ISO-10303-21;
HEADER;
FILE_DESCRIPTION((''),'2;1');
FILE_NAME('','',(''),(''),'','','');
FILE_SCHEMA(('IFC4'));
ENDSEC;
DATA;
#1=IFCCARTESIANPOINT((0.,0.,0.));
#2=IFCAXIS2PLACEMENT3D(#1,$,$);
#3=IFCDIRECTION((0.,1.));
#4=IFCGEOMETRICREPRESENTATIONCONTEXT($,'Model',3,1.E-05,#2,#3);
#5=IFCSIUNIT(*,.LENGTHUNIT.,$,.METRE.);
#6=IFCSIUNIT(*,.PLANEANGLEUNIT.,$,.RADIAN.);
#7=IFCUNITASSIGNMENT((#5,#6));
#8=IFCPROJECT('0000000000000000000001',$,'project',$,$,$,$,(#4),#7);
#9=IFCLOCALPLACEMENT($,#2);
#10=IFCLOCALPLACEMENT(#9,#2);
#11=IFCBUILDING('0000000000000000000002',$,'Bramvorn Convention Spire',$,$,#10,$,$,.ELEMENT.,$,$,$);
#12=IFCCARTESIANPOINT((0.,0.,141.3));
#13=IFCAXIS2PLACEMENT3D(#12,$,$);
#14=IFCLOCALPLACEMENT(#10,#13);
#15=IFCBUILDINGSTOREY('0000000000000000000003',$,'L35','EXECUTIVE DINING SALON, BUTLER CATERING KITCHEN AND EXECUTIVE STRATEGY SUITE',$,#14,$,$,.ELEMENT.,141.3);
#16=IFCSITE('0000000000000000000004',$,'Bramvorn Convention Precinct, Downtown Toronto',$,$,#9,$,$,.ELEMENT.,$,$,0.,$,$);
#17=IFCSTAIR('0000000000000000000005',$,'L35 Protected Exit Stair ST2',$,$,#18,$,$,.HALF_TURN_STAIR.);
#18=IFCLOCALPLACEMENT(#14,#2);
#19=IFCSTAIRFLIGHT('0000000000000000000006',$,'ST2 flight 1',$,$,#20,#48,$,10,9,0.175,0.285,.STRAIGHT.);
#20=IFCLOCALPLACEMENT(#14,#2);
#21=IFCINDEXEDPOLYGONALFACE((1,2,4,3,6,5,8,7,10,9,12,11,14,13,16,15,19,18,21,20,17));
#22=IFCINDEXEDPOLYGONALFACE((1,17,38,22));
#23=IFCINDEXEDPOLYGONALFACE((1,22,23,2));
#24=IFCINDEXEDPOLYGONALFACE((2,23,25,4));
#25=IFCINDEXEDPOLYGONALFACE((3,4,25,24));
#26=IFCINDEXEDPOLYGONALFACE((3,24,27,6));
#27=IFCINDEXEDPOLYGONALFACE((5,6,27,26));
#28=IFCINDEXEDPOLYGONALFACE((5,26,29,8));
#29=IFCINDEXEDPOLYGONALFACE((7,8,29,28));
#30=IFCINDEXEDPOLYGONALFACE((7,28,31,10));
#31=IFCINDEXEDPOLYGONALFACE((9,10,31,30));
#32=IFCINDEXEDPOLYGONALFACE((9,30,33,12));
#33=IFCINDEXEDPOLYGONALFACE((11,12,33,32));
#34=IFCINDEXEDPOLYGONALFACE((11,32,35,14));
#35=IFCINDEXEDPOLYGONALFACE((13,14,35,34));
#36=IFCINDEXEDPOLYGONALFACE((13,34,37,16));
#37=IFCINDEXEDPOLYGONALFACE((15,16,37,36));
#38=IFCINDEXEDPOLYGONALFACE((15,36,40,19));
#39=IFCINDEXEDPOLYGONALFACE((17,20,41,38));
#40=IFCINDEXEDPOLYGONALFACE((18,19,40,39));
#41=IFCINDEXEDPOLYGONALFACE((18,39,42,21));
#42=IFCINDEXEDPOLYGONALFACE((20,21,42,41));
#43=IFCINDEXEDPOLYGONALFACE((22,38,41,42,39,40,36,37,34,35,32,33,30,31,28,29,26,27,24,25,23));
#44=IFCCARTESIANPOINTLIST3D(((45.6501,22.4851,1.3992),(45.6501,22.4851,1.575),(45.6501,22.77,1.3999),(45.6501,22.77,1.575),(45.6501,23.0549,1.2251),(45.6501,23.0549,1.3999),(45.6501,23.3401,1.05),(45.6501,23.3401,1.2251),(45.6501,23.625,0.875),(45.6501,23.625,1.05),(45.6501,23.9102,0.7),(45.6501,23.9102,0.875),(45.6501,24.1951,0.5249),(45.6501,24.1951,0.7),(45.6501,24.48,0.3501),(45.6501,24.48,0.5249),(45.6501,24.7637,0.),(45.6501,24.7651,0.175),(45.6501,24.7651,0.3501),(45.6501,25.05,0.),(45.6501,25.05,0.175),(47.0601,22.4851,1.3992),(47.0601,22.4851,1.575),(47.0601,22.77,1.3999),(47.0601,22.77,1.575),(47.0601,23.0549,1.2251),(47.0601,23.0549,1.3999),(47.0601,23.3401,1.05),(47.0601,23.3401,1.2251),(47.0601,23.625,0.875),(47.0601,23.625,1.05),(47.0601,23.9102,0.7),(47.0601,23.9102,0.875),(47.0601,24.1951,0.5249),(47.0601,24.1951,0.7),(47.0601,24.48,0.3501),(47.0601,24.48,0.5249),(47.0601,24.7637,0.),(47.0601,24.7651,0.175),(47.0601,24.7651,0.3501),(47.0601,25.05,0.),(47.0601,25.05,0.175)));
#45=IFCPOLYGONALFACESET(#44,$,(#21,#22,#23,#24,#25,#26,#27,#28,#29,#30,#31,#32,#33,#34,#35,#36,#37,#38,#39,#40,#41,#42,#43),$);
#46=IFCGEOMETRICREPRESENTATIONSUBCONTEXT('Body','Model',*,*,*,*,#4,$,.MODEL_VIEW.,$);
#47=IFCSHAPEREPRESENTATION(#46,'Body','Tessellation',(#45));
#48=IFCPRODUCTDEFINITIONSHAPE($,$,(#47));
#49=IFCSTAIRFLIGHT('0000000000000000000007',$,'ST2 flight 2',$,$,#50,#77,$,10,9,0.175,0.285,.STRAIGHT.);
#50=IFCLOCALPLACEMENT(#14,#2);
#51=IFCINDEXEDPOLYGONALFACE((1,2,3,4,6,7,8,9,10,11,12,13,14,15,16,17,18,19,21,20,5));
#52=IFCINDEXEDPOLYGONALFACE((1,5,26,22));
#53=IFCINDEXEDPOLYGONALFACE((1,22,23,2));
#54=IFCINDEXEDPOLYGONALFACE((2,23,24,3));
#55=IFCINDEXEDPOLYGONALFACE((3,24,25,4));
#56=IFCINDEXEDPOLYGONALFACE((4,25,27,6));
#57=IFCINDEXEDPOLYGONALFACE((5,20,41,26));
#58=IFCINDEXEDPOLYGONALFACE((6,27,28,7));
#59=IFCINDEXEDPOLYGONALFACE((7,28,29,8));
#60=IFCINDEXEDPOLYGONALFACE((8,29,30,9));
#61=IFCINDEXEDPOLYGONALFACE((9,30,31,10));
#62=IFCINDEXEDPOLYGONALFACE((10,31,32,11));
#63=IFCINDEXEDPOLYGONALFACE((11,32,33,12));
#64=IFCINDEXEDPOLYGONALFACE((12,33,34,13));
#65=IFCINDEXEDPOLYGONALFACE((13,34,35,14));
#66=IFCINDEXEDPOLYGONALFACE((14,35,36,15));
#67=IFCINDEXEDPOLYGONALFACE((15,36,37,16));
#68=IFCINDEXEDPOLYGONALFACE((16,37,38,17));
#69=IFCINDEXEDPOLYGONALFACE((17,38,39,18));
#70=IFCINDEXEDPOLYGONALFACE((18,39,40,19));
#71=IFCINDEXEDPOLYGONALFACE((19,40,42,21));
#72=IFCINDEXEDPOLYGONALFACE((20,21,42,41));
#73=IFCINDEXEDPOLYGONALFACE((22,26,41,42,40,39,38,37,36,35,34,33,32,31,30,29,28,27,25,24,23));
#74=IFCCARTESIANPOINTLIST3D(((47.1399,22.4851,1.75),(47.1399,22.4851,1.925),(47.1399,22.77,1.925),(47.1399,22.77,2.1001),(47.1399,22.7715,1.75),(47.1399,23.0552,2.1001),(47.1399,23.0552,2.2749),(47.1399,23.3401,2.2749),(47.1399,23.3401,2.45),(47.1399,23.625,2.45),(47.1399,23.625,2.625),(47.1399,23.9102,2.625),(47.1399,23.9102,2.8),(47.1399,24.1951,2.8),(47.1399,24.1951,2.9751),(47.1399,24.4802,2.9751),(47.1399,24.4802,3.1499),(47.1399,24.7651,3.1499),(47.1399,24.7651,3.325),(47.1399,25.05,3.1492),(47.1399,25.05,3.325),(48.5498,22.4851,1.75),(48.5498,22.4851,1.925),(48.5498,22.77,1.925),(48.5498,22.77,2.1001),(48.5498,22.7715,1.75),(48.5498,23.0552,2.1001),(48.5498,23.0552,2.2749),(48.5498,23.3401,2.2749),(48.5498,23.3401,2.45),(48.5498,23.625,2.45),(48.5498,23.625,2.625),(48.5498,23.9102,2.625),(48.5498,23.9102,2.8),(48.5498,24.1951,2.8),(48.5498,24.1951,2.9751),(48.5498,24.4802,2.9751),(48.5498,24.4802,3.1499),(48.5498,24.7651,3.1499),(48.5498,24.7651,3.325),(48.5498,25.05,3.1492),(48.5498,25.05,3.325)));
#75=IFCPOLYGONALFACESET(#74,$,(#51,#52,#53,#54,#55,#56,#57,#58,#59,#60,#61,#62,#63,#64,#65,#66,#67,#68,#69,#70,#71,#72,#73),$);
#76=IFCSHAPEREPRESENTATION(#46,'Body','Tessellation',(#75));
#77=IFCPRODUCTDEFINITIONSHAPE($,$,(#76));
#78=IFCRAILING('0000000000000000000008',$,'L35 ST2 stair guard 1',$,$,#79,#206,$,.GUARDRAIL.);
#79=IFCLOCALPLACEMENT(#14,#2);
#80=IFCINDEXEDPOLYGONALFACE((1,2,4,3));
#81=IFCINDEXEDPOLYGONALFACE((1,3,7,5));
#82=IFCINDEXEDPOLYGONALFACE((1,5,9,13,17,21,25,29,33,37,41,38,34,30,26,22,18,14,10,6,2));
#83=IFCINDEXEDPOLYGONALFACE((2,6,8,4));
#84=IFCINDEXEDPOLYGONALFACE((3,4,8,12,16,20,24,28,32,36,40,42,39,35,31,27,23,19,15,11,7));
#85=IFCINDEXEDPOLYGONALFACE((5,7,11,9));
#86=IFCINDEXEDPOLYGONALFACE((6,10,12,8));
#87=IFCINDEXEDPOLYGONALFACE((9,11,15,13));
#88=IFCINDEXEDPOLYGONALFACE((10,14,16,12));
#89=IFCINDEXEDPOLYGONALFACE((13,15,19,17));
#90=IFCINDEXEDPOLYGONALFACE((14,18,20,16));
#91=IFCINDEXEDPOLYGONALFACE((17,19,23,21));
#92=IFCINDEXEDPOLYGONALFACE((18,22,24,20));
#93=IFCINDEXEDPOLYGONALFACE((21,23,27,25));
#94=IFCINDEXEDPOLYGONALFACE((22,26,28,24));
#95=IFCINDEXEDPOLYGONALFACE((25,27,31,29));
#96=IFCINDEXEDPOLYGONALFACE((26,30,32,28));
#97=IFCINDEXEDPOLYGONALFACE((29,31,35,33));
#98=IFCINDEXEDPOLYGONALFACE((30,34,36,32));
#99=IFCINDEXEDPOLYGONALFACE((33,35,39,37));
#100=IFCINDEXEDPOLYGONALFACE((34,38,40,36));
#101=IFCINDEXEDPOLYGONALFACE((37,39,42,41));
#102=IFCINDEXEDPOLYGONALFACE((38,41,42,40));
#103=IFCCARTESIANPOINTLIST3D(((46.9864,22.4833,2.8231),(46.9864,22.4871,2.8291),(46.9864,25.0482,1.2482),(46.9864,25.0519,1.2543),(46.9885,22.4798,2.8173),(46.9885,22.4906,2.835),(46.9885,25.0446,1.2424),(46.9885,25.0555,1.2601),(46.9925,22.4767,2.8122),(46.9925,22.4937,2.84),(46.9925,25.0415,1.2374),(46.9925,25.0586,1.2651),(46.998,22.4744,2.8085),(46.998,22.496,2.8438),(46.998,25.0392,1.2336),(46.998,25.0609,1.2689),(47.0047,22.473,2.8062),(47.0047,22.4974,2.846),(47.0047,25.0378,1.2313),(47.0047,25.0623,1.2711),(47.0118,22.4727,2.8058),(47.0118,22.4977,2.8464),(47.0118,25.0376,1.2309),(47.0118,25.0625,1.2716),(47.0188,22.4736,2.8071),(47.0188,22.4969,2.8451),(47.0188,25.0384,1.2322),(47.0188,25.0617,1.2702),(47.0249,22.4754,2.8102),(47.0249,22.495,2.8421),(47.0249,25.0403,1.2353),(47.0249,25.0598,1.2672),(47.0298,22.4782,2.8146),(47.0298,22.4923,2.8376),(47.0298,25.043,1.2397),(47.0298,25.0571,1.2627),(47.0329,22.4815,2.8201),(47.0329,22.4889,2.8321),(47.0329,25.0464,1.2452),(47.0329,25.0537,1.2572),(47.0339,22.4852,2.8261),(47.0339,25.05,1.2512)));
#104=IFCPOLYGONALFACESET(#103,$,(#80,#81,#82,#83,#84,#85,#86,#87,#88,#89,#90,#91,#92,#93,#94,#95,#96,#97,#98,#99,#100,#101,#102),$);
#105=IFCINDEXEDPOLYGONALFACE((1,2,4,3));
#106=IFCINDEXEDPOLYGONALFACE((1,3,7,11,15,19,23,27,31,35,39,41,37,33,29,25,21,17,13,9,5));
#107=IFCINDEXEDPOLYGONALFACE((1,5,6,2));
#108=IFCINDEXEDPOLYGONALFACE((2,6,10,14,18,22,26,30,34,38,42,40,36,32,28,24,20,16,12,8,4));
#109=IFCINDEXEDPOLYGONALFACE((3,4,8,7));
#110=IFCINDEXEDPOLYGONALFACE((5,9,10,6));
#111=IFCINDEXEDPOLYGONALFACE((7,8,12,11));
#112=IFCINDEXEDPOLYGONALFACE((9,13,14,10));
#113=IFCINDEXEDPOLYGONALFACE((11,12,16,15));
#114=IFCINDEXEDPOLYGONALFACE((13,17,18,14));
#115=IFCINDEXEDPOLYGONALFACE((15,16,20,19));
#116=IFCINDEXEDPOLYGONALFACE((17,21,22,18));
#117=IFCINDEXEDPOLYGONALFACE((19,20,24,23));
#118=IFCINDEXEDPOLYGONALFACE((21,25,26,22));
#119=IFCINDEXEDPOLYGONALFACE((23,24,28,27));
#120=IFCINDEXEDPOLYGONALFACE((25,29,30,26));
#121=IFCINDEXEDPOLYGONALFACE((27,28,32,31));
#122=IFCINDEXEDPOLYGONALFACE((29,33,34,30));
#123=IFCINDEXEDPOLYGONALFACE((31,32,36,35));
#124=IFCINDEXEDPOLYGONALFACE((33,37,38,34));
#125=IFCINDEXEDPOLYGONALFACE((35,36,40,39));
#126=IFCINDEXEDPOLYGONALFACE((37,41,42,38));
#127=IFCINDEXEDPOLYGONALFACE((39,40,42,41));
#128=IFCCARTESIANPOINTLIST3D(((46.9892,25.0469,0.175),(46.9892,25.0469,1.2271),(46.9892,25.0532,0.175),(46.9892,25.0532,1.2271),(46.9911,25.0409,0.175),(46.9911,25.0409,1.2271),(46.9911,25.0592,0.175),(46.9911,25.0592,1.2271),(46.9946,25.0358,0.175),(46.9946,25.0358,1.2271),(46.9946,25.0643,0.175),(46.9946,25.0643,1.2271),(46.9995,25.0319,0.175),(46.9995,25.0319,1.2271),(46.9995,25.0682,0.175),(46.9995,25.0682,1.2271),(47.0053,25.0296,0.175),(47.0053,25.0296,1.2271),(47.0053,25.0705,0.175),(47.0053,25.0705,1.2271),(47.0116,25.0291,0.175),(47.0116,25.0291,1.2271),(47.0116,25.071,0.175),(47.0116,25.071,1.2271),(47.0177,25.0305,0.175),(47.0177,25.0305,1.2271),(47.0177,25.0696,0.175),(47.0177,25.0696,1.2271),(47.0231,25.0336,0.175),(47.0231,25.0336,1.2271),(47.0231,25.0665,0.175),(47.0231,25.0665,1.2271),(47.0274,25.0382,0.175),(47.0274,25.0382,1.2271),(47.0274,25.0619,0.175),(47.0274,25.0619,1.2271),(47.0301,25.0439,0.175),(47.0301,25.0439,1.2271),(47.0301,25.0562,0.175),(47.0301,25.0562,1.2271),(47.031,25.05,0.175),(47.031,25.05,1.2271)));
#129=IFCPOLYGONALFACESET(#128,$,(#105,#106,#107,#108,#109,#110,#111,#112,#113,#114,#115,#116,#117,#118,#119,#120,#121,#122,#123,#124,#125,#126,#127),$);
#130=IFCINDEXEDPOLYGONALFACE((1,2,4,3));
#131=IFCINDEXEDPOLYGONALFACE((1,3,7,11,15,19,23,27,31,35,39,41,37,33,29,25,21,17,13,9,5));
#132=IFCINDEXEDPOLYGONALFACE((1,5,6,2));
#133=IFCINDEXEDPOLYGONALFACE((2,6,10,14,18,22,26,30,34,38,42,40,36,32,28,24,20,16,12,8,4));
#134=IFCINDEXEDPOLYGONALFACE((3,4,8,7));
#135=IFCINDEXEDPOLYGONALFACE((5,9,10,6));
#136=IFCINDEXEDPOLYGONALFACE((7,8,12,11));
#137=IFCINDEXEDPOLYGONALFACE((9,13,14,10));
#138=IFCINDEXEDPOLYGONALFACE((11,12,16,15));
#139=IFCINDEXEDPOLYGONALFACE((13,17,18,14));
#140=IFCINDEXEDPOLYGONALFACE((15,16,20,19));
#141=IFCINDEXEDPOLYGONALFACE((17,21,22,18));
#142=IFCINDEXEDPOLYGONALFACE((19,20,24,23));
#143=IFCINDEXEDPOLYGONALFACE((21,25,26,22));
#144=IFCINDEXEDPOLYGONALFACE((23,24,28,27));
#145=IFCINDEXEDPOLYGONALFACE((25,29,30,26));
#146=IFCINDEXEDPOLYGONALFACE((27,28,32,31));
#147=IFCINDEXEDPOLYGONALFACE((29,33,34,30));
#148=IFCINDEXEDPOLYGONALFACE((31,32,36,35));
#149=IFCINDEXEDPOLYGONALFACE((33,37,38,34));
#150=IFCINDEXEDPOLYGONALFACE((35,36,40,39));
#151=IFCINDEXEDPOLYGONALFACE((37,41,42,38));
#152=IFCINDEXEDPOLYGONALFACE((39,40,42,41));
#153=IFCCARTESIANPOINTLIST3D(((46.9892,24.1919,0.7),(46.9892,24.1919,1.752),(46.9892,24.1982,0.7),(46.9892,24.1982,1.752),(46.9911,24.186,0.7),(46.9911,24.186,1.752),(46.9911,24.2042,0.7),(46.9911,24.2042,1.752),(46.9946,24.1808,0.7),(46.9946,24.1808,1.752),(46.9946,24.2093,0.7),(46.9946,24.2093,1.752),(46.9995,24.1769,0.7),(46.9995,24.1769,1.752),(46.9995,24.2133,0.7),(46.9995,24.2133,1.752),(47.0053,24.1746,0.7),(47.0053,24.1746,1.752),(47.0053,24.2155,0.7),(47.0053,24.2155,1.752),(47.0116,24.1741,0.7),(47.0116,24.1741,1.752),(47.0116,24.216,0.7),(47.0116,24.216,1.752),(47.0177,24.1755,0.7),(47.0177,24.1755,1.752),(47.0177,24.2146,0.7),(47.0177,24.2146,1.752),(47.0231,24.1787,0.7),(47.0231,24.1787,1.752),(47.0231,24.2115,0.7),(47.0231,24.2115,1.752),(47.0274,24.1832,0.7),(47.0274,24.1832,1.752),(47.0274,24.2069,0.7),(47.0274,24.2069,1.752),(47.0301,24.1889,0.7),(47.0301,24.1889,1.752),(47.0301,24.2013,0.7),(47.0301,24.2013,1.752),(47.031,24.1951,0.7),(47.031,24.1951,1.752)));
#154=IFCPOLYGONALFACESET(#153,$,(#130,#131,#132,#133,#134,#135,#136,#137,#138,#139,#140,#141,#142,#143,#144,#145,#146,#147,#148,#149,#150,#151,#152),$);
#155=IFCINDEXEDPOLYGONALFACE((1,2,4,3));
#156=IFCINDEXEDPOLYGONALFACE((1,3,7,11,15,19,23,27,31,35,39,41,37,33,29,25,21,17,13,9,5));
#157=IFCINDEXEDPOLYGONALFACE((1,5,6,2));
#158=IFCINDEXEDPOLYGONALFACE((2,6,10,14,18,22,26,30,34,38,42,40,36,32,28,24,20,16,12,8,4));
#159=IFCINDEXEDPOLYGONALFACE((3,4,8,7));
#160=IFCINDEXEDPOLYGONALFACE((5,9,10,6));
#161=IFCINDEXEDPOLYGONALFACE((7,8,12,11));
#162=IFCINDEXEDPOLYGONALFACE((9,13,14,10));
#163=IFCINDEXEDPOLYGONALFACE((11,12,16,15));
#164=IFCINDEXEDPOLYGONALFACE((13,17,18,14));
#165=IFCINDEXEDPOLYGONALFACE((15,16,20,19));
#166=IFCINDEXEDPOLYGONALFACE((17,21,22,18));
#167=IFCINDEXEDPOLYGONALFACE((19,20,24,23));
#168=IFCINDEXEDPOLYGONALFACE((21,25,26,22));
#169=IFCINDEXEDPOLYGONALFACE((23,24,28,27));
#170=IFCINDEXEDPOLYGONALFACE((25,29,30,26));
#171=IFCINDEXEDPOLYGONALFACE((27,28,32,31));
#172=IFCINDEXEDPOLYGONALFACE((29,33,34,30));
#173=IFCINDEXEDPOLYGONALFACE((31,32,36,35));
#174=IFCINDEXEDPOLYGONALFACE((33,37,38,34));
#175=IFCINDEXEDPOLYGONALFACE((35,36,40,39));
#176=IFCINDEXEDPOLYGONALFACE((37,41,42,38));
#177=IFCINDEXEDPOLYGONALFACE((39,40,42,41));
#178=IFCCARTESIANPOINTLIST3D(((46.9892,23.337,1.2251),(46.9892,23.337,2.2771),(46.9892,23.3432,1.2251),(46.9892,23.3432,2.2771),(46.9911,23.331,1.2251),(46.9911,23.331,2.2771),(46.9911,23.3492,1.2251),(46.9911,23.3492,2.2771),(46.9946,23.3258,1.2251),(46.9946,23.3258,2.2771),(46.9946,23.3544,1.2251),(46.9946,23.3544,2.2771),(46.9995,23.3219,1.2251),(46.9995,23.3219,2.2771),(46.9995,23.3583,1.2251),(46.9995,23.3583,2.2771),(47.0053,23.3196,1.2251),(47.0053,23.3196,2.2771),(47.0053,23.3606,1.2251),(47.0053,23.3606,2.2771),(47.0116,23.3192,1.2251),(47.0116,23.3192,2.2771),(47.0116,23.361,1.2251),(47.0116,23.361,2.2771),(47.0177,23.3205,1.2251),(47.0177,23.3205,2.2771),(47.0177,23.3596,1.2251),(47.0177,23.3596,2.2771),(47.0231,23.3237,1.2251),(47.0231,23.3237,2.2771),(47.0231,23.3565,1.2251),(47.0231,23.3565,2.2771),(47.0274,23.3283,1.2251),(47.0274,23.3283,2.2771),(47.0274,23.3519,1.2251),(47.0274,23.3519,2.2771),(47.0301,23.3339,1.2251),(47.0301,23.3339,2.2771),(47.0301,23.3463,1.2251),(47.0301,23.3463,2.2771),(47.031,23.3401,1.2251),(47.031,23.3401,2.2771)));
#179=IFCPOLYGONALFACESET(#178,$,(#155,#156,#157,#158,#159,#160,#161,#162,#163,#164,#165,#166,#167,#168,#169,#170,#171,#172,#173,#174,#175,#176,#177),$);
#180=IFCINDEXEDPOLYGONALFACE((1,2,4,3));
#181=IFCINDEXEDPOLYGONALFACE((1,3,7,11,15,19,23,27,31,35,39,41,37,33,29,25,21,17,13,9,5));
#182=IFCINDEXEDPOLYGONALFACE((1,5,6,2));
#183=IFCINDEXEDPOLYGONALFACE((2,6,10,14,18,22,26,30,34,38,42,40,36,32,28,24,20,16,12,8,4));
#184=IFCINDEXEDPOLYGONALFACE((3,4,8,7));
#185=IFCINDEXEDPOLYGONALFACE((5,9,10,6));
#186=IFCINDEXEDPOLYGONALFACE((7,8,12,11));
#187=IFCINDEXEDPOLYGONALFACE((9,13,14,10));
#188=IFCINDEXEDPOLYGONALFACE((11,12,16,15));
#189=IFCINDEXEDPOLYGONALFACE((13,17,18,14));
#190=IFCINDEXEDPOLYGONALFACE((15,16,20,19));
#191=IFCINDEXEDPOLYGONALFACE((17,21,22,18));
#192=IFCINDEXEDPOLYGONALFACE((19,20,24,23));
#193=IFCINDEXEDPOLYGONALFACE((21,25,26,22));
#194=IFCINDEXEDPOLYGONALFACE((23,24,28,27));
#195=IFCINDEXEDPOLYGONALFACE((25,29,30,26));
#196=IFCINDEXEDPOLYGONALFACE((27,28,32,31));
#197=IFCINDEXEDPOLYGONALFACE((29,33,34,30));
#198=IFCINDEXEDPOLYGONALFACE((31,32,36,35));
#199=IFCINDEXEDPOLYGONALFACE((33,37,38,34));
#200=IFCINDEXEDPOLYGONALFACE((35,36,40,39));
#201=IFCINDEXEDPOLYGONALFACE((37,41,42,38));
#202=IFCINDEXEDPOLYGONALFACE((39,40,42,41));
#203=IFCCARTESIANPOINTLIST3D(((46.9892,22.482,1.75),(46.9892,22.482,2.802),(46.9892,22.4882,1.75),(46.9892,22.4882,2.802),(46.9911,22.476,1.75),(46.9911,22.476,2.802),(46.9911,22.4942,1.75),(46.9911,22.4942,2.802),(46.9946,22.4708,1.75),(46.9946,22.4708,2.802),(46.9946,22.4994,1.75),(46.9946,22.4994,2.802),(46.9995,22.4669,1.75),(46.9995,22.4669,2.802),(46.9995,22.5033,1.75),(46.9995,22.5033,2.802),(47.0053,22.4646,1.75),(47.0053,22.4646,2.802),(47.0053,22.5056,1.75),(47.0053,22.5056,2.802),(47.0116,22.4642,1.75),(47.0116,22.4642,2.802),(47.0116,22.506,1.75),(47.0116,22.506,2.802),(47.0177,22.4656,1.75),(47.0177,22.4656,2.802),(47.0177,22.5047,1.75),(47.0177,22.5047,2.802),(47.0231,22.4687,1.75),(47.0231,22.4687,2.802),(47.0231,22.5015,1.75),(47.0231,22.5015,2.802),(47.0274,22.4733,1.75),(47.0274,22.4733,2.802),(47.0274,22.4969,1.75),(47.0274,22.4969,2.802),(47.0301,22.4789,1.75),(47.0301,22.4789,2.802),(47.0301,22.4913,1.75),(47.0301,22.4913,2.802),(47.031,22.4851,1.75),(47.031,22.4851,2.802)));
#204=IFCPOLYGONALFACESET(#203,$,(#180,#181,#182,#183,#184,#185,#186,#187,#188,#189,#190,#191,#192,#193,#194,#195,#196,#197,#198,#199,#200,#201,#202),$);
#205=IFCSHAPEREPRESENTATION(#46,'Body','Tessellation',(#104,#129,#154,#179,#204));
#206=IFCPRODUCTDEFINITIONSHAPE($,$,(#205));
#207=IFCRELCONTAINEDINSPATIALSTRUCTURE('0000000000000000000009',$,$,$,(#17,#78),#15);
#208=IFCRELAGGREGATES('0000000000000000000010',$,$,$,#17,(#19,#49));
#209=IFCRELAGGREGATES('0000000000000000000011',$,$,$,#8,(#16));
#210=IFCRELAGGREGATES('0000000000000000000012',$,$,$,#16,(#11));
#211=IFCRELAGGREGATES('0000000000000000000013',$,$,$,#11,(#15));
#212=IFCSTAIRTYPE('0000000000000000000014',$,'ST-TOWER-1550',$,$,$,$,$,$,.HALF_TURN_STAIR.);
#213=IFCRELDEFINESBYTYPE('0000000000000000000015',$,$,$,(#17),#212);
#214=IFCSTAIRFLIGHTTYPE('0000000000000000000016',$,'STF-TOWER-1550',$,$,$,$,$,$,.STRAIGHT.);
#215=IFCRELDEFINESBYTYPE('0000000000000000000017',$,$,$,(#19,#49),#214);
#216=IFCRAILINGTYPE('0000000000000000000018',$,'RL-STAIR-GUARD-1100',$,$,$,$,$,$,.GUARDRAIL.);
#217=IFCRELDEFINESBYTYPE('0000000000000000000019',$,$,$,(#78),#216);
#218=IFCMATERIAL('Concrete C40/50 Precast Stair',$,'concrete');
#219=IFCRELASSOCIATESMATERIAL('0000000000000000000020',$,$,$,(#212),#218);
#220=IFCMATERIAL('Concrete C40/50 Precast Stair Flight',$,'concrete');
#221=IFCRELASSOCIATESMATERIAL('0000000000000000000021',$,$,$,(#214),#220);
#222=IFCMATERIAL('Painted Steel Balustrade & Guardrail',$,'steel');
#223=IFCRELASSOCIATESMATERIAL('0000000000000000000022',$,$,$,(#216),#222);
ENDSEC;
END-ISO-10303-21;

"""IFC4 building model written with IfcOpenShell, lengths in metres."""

from ifc_helpers import new_model, si_unit, direction, frame, origin, origin_2d, place, context, subcontext, project, spatial, polyline, circle, outline, extrude, material, type_object, element, aggregate, save


model = new_model("IFC4")

# Units and contexts
model_context = context("Model", 3, precision=1e-05, world=origin(), true_north=direction((0.0, 1.0)))
body_context = subcontext(model_context, "Body", "Model", "MODEL_VIEW")
ifc_project = project(units=[si_unit("LENGTHUNIT", "METRE"), si_unit("PLANEANGLEUNIT", "RADIAN")], contexts=[model_context])

# Site, building, storey
site_placement = place(None, origin())
site = spatial("IfcSite", under=ifc_project, at=site_placement, Name="Bramvorn Convention Precinct, Downtown Toronto", CompositionType="ELEMENT", RefElevation=0.0)
building_placement = place(site_placement, origin())
building = spatial("IfcBuilding", under=site, at=building_placement, Name="Bramvorn Convention Spire", CompositionType="ELEMENT")
storey_placement = place(building_placement, frame((0.0, 0.0, 141.3)))
storey = spatial("IfcBuildingStorey", under=building, at=storey_placement, Name="L35", Description="EXECUTIVE DINING SALON, BUTLER CATERING KITCHEN AND EXECUTIVE STRATEGY SUITE", CompositionType="ELEMENT", Elevation=141.3)

# Stair, stair flights
ifc_material_1 = material(Name="Concrete C40/50 Precast Stair", Category="concrete")
stair_type = type_object("IfcStairType", Name="ST-TOWER-1550", PredefinedType="HALF_TURN_STAIR", material=ifc_material_1)
stair_placement = place(storey_placement, origin())
stair = element("IfcStair", 1, at=stair_placement, inside=storey, type_object=stair_type, Name="L35 Protected Exit Stair ST2", PredefinedType="HALF_TURN_STAIR")
ifc_material_2 = material(Name="Concrete C40/50 Precast Stair Flight", Category="concrete")
stair_flight_type = type_object("IfcStairFlightType", Name="STF-TOWER-1550", PredefinedType="STRAIGHT", material=ifc_material_2)
stair_flight_1_placement = place(storey_placement, frame((46.355, 25.05, 0.0), z_axis=(0.0, 0.0, 1.0), x_axis=(0.0, -1.0, 0.0)))
stair_flight_1 = element("IfcStairFlight", 2, at=stair_flight_1_placement, type_object=stair_flight_type, Name="ST2 flight 1", NumberOfRisers=10, NumberOfTreads=9, PredefinedType="STRAIGHT", RiserHeight=0.175, TreadLength=0.285, context=body_context, shape_type="SweptSolid", body=[
    extrude(outline(polyline([(0.0, 0.0), (0.0, 0.175), (0.2849, 0.175), (0.2849, 0.3501), (0.5701, 0.3501), (0.5701, 0.5249), (0.855, 0.5249), (0.855, 0.7), (1.1399, 0.7), (1.1399, 0.875), (1.425, 0.875), (1.425, 1.05), (1.71, 1.05), (1.71, 1.2251), (1.9951, 1.2251), (1.9951, 1.3999), (2.28, 1.3999), (2.28, 1.575), (2.5649, 1.575), (2.5649, 1.75), (2.5649, 1.3992), (0.2864, 0.0), (0.0, 0.0)])), frame((0.0, 0.7051, 0.0), z_axis=(0.0, -1.0, 0.0), x_axis=(1.0, 0.0, 0.0)), (0.0, 0.0, 1.0), 1.4099),
])
stair_flight_2_placement = place(storey_placement, frame((47.845, 22.4851, 1.75), z_axis=(0.0, 0.0, 1.0), x_axis=(0.0, 1.0, 0.0)))
stair_flight_2 = element("IfcStairFlight", 3, at=stair_flight_2_placement, type_object=stair_flight_type, Name="ST2 flight 2", NumberOfRisers=10, NumberOfTreads=9, PredefinedType="STRAIGHT", RiserHeight=0.175, TreadLength=0.285, context=body_context, shape_type="SweptSolid", body=[
    extrude(outline(polyline([(0.0, 0.0), (0.0, 0.175), (0.2849, 0.175), (0.2849, 0.3501), (0.5701, 0.3501), (0.5701, 0.5249), (0.855, 0.5249), (0.855, 0.7), (1.1399, 0.7), (1.1399, 0.875), (1.425, 0.875), (1.425, 1.05), (1.71, 1.05), (1.71, 1.2251), (1.9951, 1.2251), (1.9951, 1.3999), (2.28, 1.3999), (2.28, 1.575), (2.5649, 1.575), (2.5649, 1.75), (2.5649, 1.3992), (0.2864, 0.0), (0.0, 0.0)])), frame((0.0, 0.7051, 0.0), z_axis=(0.0, -1.0, 0.0), x_axis=(1.0, 0.0, 0.0)), (0.0, 0.0, 1.0), 1.4099),
])
aggregate(stair, [stair_flight_1, stair_flight_2])

# Railing
ifc_material_3 = material(Name="Painted Steel Balustrade & Guardrail", Category="steel")
railing_type_1 = type_object("IfcRailingType", Name="RL-STAIR-GUARD-1100", PredefinedType="GUARDRAIL", material=ifc_material_3)
railing_1_placement = place(storey_placement, frame((47.01, 25.05, 0.175)))
element("IfcRailing", 4, at=railing_1_placement, inside=storey, type_object=railing_type_1, Name="L35 ST2 stair guard 1", PredefinedType="GUARDRAIL", context=body_context, shape_type="SweptSolid", body=[
    extrude(circle(Radius=0.0239, at=origin_2d()), frame((0.0, 0.0, 1.0762), z_axis=(0.0, -0.852173, 0.52326), x_axis=(1.0, 0.0, 0.0)), (0.0, 0.0, 1.0), 3.0098),
    extrude(circle(Radius=0.021, at=origin_2d()), origin(), (0.0, 0.0, 1.0), 1.052),
    extrude(circle(Radius=0.021, at=origin_2d()), frame((0.0, -0.855, 0.5249)), (0.0, 0.0, 1.0), 1.052),
    extrude(circle(Radius=0.021, at=origin_2d()), frame((0.0, -1.71, 1.05)), (0.0, 0.0, 1.0), 1.052),
    extrude(circle(Radius=0.021, at=origin_2d()), frame((0.0, -2.5649, 1.575)), (0.0, 0.0, 1.0), 1.052),
])

save(model, "model.ifc")
